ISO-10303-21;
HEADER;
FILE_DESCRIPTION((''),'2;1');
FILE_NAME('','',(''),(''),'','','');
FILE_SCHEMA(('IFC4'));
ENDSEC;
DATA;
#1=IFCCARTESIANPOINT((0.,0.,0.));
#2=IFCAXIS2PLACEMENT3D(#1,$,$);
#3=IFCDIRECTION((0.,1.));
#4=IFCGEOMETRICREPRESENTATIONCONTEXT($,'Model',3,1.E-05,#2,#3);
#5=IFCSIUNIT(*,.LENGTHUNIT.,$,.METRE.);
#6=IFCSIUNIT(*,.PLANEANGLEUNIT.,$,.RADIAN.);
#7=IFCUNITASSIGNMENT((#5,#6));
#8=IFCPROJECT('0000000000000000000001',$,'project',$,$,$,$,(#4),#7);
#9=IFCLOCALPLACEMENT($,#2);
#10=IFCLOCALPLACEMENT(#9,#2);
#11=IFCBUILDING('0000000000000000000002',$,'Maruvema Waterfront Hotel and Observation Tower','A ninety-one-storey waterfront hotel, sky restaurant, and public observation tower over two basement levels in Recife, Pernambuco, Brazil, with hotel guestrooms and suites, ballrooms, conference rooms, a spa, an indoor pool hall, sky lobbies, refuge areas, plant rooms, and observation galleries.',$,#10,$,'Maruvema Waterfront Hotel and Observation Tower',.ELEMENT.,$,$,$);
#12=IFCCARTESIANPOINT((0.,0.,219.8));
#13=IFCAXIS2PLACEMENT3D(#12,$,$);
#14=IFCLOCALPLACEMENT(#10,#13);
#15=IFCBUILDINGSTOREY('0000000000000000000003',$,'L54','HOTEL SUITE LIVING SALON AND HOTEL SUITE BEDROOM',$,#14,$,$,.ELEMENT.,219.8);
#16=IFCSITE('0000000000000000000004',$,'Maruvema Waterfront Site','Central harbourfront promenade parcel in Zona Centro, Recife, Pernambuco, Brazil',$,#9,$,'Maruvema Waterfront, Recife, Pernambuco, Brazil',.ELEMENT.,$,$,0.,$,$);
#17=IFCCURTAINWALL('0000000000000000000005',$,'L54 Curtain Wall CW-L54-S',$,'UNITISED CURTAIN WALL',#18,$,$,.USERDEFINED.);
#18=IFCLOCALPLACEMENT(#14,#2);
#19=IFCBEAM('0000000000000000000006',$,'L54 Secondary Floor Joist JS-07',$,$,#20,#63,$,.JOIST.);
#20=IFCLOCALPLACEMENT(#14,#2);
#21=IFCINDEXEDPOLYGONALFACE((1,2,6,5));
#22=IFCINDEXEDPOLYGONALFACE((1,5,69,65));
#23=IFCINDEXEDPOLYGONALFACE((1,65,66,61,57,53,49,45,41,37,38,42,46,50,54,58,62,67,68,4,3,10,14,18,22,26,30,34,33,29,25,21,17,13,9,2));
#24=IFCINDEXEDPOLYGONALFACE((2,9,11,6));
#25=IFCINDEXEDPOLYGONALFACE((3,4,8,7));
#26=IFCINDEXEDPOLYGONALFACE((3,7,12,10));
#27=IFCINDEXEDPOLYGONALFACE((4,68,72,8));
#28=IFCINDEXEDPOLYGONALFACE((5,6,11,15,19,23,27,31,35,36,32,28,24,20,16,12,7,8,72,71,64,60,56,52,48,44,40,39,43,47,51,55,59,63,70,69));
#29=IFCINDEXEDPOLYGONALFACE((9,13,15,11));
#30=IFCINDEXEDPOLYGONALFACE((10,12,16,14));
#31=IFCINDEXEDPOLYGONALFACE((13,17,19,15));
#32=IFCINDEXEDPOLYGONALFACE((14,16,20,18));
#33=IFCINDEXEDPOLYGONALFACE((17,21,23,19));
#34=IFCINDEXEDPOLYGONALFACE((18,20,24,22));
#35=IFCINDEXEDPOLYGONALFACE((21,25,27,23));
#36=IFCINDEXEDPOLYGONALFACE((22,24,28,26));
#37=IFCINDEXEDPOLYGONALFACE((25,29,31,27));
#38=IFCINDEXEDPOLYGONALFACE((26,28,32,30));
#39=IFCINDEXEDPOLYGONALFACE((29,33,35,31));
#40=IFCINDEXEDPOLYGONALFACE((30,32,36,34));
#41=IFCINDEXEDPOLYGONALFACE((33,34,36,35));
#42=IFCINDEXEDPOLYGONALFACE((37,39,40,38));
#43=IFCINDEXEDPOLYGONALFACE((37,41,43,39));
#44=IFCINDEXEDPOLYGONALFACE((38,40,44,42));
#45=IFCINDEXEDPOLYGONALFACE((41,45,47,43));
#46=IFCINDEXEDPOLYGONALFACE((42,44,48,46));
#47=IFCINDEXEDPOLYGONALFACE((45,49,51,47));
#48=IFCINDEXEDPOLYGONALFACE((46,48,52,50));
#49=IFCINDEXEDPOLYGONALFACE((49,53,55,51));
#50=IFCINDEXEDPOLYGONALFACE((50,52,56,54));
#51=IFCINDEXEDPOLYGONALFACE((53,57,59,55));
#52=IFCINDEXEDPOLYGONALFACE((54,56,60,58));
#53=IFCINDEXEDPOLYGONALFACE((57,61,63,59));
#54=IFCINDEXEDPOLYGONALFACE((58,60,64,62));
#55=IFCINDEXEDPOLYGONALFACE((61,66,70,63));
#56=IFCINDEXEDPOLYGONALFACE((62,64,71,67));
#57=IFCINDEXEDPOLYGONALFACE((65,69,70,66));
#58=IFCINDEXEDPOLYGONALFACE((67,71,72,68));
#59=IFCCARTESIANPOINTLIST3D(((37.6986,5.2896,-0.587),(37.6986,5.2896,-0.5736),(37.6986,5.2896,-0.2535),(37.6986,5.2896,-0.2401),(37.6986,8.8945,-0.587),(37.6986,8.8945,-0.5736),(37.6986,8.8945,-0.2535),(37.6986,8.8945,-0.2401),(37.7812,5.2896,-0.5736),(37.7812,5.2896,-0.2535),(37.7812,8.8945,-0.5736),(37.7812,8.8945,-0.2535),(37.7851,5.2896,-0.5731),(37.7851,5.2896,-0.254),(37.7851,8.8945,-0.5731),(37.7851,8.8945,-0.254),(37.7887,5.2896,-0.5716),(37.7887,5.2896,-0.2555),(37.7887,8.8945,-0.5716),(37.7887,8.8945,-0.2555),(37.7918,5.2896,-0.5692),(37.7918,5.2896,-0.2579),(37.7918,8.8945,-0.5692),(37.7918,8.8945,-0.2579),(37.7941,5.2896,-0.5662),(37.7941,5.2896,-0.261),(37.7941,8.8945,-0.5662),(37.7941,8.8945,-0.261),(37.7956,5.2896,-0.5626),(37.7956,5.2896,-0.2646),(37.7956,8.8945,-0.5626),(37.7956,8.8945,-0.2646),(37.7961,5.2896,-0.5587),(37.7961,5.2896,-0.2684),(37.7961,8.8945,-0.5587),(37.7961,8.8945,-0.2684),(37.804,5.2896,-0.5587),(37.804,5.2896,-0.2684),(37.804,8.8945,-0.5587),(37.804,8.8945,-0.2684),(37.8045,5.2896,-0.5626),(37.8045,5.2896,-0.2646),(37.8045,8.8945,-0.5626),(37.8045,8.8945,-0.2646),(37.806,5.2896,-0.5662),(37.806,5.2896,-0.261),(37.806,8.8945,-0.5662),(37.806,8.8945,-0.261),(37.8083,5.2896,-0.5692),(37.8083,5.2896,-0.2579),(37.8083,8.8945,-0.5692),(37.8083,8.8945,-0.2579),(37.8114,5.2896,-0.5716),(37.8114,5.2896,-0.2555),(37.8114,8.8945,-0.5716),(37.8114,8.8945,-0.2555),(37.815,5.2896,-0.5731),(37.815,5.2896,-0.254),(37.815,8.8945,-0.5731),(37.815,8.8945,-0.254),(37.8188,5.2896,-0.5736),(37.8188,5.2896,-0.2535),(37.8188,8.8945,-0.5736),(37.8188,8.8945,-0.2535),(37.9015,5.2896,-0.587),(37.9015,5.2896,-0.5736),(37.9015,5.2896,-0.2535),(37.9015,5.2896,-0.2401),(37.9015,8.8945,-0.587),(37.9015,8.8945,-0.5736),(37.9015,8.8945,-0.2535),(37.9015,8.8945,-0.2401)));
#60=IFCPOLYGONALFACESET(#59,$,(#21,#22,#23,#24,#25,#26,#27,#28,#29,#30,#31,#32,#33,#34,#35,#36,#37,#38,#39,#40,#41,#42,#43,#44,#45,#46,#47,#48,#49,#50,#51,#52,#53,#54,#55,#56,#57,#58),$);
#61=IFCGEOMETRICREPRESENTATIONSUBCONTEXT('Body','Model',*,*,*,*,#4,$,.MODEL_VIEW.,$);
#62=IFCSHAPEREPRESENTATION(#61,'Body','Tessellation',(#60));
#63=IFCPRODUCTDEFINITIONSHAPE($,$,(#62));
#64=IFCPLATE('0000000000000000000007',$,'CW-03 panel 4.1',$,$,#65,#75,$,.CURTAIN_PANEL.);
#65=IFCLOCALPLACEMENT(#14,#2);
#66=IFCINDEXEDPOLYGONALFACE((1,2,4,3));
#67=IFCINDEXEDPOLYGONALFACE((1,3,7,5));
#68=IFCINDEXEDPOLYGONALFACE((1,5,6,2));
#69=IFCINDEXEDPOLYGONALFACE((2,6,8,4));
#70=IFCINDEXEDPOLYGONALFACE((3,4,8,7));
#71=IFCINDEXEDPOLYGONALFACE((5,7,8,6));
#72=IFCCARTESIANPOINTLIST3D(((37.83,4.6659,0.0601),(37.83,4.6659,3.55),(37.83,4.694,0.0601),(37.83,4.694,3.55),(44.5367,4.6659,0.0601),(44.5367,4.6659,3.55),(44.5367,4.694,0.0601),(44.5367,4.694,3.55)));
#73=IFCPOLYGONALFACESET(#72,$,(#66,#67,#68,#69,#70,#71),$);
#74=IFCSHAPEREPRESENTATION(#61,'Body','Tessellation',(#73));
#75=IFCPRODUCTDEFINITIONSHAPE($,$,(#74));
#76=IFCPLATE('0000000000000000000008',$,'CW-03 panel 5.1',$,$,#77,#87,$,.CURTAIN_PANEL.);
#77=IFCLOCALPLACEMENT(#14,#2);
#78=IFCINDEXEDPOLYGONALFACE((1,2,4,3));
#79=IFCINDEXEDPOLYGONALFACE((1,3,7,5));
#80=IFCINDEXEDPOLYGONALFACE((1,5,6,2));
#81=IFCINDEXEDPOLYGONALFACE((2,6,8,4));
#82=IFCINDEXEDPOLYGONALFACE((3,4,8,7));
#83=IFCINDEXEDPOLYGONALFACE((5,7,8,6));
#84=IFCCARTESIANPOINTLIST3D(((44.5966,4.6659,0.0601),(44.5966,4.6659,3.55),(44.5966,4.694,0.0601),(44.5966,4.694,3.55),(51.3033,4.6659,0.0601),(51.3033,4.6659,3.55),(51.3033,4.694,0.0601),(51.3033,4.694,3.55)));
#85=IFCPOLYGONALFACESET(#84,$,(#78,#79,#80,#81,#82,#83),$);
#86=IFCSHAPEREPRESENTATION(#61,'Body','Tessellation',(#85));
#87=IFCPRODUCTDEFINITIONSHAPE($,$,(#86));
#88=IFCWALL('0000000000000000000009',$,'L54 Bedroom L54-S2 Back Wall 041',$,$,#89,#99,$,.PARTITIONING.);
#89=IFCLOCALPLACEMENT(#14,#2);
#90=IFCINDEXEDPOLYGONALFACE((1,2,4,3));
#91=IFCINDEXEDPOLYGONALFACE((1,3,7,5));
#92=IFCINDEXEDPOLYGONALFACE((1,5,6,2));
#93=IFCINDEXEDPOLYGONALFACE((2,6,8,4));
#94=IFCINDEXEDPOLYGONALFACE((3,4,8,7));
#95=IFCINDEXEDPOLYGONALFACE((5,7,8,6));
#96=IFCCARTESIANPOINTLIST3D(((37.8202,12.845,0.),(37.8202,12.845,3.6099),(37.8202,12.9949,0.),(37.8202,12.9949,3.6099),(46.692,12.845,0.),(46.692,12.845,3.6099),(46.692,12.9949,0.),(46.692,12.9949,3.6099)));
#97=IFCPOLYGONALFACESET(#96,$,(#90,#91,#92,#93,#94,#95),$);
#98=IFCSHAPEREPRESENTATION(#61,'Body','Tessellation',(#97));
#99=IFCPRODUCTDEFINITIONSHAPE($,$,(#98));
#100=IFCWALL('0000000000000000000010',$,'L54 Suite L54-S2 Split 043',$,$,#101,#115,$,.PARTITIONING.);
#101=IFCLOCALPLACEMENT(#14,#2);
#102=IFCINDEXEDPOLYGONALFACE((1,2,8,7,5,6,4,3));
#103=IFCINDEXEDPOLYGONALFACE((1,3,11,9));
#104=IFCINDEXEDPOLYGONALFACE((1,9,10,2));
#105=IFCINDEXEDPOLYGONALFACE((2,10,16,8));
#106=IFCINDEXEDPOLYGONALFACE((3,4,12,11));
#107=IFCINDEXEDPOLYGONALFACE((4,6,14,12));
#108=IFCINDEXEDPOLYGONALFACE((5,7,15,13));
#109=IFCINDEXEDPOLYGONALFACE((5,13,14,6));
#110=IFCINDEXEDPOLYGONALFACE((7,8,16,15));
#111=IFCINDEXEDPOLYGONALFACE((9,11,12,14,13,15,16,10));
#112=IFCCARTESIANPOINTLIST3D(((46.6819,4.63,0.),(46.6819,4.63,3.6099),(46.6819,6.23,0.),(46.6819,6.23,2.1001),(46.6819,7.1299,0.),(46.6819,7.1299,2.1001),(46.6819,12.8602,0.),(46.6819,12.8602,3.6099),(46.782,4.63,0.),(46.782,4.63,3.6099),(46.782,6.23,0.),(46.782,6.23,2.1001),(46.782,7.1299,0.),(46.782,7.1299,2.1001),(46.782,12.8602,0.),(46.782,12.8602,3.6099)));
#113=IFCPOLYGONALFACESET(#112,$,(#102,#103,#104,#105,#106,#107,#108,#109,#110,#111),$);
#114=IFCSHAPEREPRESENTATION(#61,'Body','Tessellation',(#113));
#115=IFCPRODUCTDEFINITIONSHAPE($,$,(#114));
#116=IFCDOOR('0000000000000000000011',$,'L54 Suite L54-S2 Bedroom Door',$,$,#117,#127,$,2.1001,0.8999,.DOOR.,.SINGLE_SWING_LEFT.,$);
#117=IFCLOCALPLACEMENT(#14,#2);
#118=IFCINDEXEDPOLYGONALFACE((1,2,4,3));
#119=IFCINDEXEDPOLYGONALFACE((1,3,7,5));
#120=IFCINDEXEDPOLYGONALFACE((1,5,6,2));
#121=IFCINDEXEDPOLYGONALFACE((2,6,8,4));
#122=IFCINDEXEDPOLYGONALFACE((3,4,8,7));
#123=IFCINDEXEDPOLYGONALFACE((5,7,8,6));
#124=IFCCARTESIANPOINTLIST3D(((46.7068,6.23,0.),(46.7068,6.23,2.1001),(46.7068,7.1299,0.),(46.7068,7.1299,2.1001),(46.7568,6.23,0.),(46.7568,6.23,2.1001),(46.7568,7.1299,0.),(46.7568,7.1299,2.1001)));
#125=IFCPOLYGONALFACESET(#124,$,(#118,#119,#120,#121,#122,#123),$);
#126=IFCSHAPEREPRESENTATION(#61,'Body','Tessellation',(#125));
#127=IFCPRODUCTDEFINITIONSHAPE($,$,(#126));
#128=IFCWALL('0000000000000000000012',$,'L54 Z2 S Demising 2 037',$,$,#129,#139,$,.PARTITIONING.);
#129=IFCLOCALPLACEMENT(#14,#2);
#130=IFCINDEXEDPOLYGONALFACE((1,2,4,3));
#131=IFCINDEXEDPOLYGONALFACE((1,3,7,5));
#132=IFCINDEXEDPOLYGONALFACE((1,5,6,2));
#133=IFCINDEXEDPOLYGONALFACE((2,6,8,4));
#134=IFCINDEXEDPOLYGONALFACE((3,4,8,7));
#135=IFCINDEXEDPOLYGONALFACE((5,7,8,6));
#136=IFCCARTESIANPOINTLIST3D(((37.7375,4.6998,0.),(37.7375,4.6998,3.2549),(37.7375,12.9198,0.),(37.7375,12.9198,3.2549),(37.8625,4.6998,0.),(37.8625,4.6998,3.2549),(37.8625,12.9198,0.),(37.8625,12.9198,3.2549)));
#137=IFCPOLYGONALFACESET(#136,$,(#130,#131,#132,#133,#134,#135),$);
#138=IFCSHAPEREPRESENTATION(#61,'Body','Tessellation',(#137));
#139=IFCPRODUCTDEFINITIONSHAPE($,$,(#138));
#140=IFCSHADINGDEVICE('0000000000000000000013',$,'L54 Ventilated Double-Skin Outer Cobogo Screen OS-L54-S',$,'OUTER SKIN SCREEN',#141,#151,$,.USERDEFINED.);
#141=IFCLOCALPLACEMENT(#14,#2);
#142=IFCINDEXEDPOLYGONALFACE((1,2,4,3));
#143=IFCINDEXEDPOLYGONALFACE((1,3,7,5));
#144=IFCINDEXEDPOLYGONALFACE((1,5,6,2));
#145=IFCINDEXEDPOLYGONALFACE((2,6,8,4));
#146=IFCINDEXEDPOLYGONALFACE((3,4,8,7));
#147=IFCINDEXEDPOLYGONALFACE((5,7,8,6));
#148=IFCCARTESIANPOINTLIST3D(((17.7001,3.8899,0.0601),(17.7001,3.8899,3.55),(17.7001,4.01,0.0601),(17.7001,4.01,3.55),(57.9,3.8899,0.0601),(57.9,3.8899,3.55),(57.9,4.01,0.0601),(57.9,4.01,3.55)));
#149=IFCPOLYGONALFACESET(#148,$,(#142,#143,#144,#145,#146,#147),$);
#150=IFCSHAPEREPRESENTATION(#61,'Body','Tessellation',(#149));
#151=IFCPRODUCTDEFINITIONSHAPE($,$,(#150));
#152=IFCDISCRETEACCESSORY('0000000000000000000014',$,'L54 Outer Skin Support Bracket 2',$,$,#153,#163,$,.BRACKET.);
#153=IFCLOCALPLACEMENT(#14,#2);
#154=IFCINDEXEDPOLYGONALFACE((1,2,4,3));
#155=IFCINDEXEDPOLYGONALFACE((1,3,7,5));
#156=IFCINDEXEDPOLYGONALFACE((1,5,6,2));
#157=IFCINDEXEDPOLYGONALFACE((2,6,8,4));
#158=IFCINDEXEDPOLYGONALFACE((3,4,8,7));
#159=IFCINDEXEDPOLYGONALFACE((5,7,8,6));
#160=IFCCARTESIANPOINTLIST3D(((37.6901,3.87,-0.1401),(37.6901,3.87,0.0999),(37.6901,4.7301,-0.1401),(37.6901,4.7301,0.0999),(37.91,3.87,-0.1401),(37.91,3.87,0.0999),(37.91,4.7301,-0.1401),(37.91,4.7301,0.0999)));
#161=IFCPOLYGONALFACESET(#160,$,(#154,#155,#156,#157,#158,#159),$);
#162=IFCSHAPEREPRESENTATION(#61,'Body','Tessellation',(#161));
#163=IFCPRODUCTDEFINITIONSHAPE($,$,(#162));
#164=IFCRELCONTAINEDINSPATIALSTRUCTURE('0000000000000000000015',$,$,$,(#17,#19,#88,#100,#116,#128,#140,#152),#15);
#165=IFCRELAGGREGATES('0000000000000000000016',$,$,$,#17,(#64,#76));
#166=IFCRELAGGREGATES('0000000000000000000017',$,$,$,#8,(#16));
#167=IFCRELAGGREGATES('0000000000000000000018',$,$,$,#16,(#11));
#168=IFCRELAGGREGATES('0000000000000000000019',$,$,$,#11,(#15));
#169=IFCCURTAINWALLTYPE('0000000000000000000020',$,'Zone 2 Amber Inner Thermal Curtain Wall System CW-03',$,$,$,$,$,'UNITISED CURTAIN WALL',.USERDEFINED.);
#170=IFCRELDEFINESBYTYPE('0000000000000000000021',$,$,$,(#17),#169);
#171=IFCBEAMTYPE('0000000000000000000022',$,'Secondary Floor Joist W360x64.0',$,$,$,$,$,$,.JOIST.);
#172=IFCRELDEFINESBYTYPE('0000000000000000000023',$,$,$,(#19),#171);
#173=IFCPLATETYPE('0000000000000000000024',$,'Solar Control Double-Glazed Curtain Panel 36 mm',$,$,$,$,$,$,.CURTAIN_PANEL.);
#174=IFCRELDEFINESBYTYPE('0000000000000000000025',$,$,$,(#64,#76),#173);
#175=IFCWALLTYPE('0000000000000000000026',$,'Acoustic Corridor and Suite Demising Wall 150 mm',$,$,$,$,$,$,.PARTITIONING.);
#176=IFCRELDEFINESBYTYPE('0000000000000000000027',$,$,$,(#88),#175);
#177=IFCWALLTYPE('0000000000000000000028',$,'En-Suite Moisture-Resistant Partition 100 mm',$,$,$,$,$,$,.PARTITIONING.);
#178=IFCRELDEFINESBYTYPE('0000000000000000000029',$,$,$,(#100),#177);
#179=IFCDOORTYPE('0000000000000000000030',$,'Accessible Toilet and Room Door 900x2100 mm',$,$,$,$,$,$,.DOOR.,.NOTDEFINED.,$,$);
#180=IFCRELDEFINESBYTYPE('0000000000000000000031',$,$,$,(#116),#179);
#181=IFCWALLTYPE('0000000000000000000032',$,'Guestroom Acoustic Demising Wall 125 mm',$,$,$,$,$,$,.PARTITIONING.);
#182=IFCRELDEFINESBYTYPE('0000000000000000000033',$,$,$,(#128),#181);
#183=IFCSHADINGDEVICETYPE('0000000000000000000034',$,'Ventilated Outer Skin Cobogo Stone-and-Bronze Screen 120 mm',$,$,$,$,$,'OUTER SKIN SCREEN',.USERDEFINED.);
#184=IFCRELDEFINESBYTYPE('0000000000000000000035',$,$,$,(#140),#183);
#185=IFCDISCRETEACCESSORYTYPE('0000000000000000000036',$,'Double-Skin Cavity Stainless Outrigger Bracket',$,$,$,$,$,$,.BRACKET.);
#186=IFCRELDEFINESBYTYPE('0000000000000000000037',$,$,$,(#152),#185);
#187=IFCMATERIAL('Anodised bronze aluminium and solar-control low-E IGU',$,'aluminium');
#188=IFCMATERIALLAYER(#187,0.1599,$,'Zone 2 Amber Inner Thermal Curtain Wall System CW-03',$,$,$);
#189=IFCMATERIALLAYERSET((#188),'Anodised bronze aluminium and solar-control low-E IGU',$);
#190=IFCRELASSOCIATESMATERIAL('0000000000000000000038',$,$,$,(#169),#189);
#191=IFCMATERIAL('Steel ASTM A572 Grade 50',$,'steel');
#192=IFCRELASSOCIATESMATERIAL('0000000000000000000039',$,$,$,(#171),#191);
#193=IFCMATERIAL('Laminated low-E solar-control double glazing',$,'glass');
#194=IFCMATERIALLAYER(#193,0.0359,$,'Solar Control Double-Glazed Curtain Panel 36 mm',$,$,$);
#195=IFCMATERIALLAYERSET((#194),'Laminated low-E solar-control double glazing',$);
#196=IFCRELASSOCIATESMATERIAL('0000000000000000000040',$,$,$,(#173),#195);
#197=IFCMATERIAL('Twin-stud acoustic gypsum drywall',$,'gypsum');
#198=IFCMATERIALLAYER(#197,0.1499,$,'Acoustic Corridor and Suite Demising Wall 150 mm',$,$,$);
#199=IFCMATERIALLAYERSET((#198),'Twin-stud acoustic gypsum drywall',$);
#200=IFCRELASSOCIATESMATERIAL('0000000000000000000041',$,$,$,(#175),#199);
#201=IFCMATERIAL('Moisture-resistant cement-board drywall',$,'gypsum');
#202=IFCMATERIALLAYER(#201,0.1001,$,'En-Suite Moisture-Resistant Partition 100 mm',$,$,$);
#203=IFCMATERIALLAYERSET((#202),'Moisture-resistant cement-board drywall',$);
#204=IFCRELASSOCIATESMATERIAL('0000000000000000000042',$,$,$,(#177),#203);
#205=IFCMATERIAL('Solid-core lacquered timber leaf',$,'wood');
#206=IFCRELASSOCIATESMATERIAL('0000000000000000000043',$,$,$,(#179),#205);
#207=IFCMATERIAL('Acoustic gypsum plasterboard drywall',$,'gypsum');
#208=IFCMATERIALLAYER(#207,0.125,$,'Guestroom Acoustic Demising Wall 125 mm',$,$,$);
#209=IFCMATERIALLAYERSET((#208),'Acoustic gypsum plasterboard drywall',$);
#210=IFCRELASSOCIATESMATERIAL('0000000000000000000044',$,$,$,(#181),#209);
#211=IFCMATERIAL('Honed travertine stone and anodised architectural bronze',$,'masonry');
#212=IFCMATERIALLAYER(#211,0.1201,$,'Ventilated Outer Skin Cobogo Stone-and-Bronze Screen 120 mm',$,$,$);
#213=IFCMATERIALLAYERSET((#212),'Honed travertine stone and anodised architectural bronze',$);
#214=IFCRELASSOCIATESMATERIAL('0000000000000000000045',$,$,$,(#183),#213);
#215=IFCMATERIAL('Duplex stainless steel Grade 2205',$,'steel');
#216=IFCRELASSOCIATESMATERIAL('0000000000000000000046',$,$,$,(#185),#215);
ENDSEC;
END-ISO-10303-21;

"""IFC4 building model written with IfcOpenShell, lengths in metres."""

from ifc_helpers import new_model, si_unit, direction, frame, frame_2d, origin, origin_2d, place, context, subcontext, project, spatial, rectangle, i_section, extrude, material, layer, layer_set, material_profile, profile_set, type_object, element, fill, aggregate, save


model = new_model("IFC4")

# Units and contexts
model_context = context("Model", 3, precision=1e-05, world=origin(), true_north=direction((0.0, 1.0)))
body_context = subcontext(model_context, "Body", "Model", "MODEL_VIEW")
ifc_project = project(units=[si_unit("LENGTHUNIT", "METRE"), si_unit("PLANEANGLEUNIT", "RADIAN")], contexts=[model_context])

# Site, building, storey
site_placement = place(None, origin())
site = spatial("IfcSite", under=ifc_project, at=site_placement, Name="Maruvema Waterfront Site", Description="Central harbourfront promenade parcel in Zona Centro, Recife, Pernambuco, Brazil", LongName="Maruvema Waterfront, Recife, Pernambuco, Brazil", CompositionType="ELEMENT", RefElevation=0.0)
building_placement = place(site_placement, origin())
building = spatial("IfcBuilding", under=site, at=building_placement, Name="Maruvema Waterfront Hotel and Observation Tower", Description="A ninety-one-storey waterfront hotel, sky restaurant, and public observation tower over two basement levels in Recife, Pernambuco, Brazil, with hotel guestrooms and suites, ballrooms, conference rooms, a spa, an indoor pool hall, sky lobbies, refuge areas, plant rooms, and observation galleries.", LongName="Maruvema Waterfront Hotel and Observation Tower", CompositionType="ELEMENT")
storey_placement = place(building_placement, frame((0.0, 0.0, 219.8)))
storey = spatial("IfcBuildingStorey", under=building, at=storey_placement, Name="L54", Description="HOTEL SUITE LIVING SALON AND HOTEL SUITE BEDROOM", CompositionType="ELEMENT", Elevation=219.8)

# Curtain wall
ifc_material_1 = material(Name="Anodised bronze aluminium and solar-control low-E IGU", Category="aluminium")
ifc_layer_1 = layer(ifc_material_1, 0.1599, Name="Zone 2 Amber Inner Thermal Curtain Wall System CW-03")
ifc_layer_set_1 = layer_set([ifc_layer_1], Name="Anodised bronze aluminium and solar-control low-E IGU")
curtain_wall_type = type_object("IfcCurtainWallType", Name="Zone 2 Amber Inner Thermal Curtain Wall System CW-03", ElementType="UNITISED CURTAIN WALL", PredefinedType="USERDEFINED", material=ifc_layer_set_1)
curtain_wall_placement = place(storey_placement, origin())
curtain_wall = element("IfcCurtainWall", 1, at=curtain_wall_placement, inside=storey, type_object=curtain_wall_type, Name="L54 Curtain Wall CW-L54-S", ObjectType="UNITISED CURTAIN WALL", PredefinedType="USERDEFINED")

# Beam
ifc_material_2 = material(Name="Steel ASTM A572 Grade 50", Category="steel")
ifc_material_profile_1 = material_profile(ifc_material_2, i_section(OverallWidth=0.2029, OverallDepth=0.3469, WebThickness=0.0078, FlangeThickness=0.0134, FilletRadius=0.0149, at=origin_2d()), Name="W360x64.0")
ifc_profile_set_1 = profile_set([ifc_material_profile_1], Name="Steel ASTM A572 Grade 50")
beam_type_1 = type_object("IfcBeamType", Name="Secondary Floor Joist W360x64.0", PredefinedType="JOIST", material=ifc_profile_set_1)
beam_1_placement = place(storey_placement, frame((37.8, 5.2896, -0.4136), z_axis=(0.0, 1.0, 0.0), x_axis=(-1.0, 0.0, 0.0)))
element("IfcBeam", 2, at=beam_1_placement, inside=storey, type_object=beam_type_1, Name="L54 Secondary Floor Joist JS-07", PredefinedType="JOIST", context=body_context, shape_type="SweptSolid", body=[
    extrude(i_section(OverallWidth=0.2029, OverallDepth=0.3469, WebThickness=0.0078, FlangeThickness=0.0134, FilletRadius=0.0149, at=origin_2d()), origin(), (0.0, 0.0, 1.0), 3.605),
])

# Plates
ifc_material_3 = material(Name="Laminated low-E solar-control double glazing", Category="glass")
ifc_layer_2 = layer(ifc_material_3, 0.0359, Name="Solar Control Double-Glazed Curtain Panel 36 mm")
ifc_layer_set_2 = layer_set([ifc_layer_2], Name="Laminated low-E solar-control double glazing")
plate_type = type_object("IfcPlateType", Name="Solar Control Double-Glazed Curtain Panel 36 mm", PredefinedType="CURTAIN_PANEL", material=ifc_layer_set_2)
plate_1_placement = place(storey_placement, frame((41.1833, 4.6799, 0.0601), z_axis=(0.0, 0.0, 1.0), x_axis=(1.0, 0.0, 0.0)))
plate_1 = element("IfcPlate", 3, at=plate_1_placement, type_object=plate_type, Name="CW-03 panel 4.1", PredefinedType="CURTAIN_PANEL", context=body_context, shape_type="SweptSolid", body=[
    extrude(rectangle(XDim=6.7068, YDim=0.0281, at=origin_2d()), origin(), (0.0, 0.0, 1.0), 3.49),
])
plate_2_placement = place(storey_placement, frame((47.95, 4.6799, 0.0601), z_axis=(0.0, 0.0, 1.0), x_axis=(1.0, 0.0, 0.0)))
plate_2 = element("IfcPlate", 4, at=plate_2_placement, type_object=plate_type, Name="CW-03 panel 5.1", PredefinedType="CURTAIN_PANEL", context=body_context, shape_type="SweptSolid", body=[
    extrude(rectangle(XDim=6.7068, YDim=0.0281, at=origin_2d()), origin(), (0.0, 0.0, 1.0), 3.49),
])
aggregate(curtain_wall, [plate_1, plate_2])

# Wall
ifc_material_4 = material(Name="Twin-stud acoustic gypsum drywall", Category="gypsum")
ifc_layer_3 = layer(ifc_material_4, 0.1499, Name="Acoustic Corridor and Suite Demising Wall 150 mm")
ifc_layer_set_3 = layer_set([ifc_layer_3], Name="Twin-stud acoustic gypsum drywall")
wall_type_1 = type_object("IfcWallType", Name="Acoustic Corridor and Suite Demising Wall 150 mm", PredefinedType="PARTITIONING", material=ifc_layer_set_3)
wall_1_placement = place(storey_placement, frame((37.8201, 12.9199, 0.0), z_axis=(0.0, 0.0, 1.0), x_axis=(1.0, 0.0, 0.0)))
element("IfcWall", 5, at=wall_1_placement, inside=storey, type_object=wall_type_1, Name="L54 Bedroom L54-S2 Back Wall 041", PredefinedType="PARTITIONING", context=body_context, shape_type="SweptSolid", body=[
    extrude(rectangle(XDim=8.8718, YDim=0.1499, at=frame_2d((4.436, 0.0))), origin(), (0.0, 0.0, 1.0), 3.6099),
])

# Wall, opening, door
ifc_material_5 = material(Name="Moisture-resistant cement-board drywall", Category="gypsum")
ifc_layer_4 = layer(ifc_material_5, 0.1001, Name="En-Suite Moisture-Resistant Partition 100 mm")
ifc_layer_set_4 = layer_set([ifc_layer_4], Name="Moisture-resistant cement-board drywall")
wall_type_2 = type_object("IfcWallType", Name="En-Suite Moisture-Resistant Partition 100 mm", PredefinedType="PARTITIONING", material=ifc_layer_set_4)
wall_2_placement = place(storey_placement, frame((46.7319, 4.6299, 0.0), z_axis=(0.0, 0.0, 1.0), x_axis=(0.0, 1.0, 0.0)))
wall_2 = element("IfcWall", 6, at=wall_2_placement, inside=storey, type_object=wall_type_2, Name="L54 Suite L54-S2 Split 043", PredefinedType="PARTITIONING", context=body_context, shape_type="SweptSolid", body=[
    extrude(rectangle(XDim=8.2302, YDim=0.1001, at=frame_2d((4.1152, 0.0))), origin(), (0.0, 0.0, 1.0), 3.6099),
])
opening_placement = place(wall_2_placement, frame((1.6001, 0.0, 0.0)))
opening = element("IfcOpeningElement", 7, at=opening_placement, cuts=wall_2, PredefinedType="OPENING", context=body_context, shape_type="SweptSolid", body=[
    extrude(rectangle(XDim=0.8999, YDim=2.1001, at=frame_2d((0.45, 1.05))), frame((0.0, 0.0601, 0.0), z_axis=(0.0, -1.0, 0.0), x_axis=(1.0, 0.0, 0.0)), (0.0, 0.0, 1.0), 0.1201),
])
ifc_material_6 = material(Name="Solid-core lacquered timber leaf", Category="wood")
door_type = type_object("IfcDoorType", Name="Accessible Toilet and Room Door 900x2100 mm", OperationType="NOTDEFINED", PredefinedType="DOOR", material=ifc_material_6)
door_placement = place(opening_placement, frame((0.8999, 0.0, 0.0), z_axis=(0.0, 0.0, 1.0), x_axis=(-1.0, 0.0, 0.0)))
door = element("IfcDoor", 8, at=door_placement, inside=storey, type_object=door_type, Name="L54 Suite L54-S2 Bedroom Door", OperationType="SINGLE_SWING_LEFT", OverallHeight=2.1001, OverallWidth=0.8999, PredefinedType="DOOR", context=body_context, shape_type="SweptSolid", body=[
    extrude(rectangle(XDim=0.8999, YDim=2.1001, at=frame_2d((0.45, 1.05))), frame((0.0, 0.0249, 0.0), z_axis=(0.0, -1.0, 0.0), x_axis=(1.0, 0.0, 0.0)), (0.0, 0.0, 1.0), 0.05),
])
fill(opening, door)

# Wall
ifc_material_7 = material(Name="Acoustic gypsum plasterboard drywall", Category="gypsum")
ifc_layer_5 = layer(ifc_material_7, 0.125, Name="Guestroom Acoustic Demising Wall 125 mm")
ifc_layer_set_5 = layer_set([ifc_layer_5], Name="Acoustic gypsum plasterboard drywall")
wall_type_3 = type_object("IfcWallType", Name="Guestroom Acoustic Demising Wall 125 mm", PredefinedType="PARTITIONING", material=ifc_layer_set_5)
wall_3_placement = place(storey_placement, frame((37.8, 4.7, 0.0), z_axis=(0.0, 0.0, 1.0), x_axis=(0.0, 1.0, 0.0)))
element("IfcWall", 9, at=wall_3_placement, inside=storey, type_object=wall_type_3, Name="L54 Z2 S Demising 2 037", PredefinedType="PARTITIONING", context=body_context, shape_type="SweptSolid", body=[
    extrude(rectangle(XDim=8.22, YDim=0.125, at=frame_2d((4.1099, 0.0))), origin(), (0.0, 0.0, 1.0), 3.2549),
])

# Shading device
ifc_material_8 = material(Name="Honed travertine stone and anodised architectural bronze", Category="masonry")
ifc_layer_6 = layer(ifc_material_8, 0.1201, Name="Ventilated Outer Skin Cobogo Stone-and-Bronze Screen 120 mm")
ifc_layer_set_6 = layer_set([ifc_layer_6], Name="Honed travertine stone and anodised architectural bronze")
shading_device_type = type_object("IfcShadingDeviceType", Name="Ventilated Outer Skin Cobogo Stone-and-Bronze Screen 120 mm", ElementType="OUTER SKIN SCREEN", PredefinedType="USERDEFINED", material=ifc_layer_set_6)
shading_device_placement = place(storey_placement, frame((37.8, 3.95, 0.0601), z_axis=(0.0, 0.0, 1.0), x_axis=(1.0, 0.0, 0.0)))
element("IfcShadingDevice", 10, at=shading_device_placement, inside=storey, type_object=shading_device_type, Name="L54 Ventilated Double-Skin Outer Cobogo Screen OS-L54-S", ObjectType="OUTER SKIN SCREEN", PredefinedType="USERDEFINED", context=body_context, shape_type="SweptSolid", body=[
    extrude(rectangle(XDim=40.2, YDim=0.1201, at=origin_2d()), origin(), (0.0, 0.0, 1.0), 3.49),
])

# Discrete accessory
ifc_material_9 = material(Name="Duplex stainless steel Grade 2205", Category="steel")
discrete_accessory_type = type_object("IfcDiscreteAccessoryType", Name="Double-Skin Cavity Stainless Outrigger Bracket", PredefinedType="BRACKET", material=ifc_material_9)
discrete_accessory_placement = place(storey_placement, frame((37.8, 4.3, -0.1401), z_axis=(0.0, 0.0, 1.0), x_axis=(1.0, 0.0, 0.0)))
element("IfcDiscreteAccessory", 11, at=discrete_accessory_placement, inside=storey, type_object=discrete_accessory_type, Name="L54 Outer Skin Support Bracket 2", PredefinedType="BRACKET", context=body_context, shape_type="SweptSolid", body=[
    extrude(rectangle(XDim=0.22, YDim=0.8601, at=origin_2d()), origin(), (0.0, 0.0, 1.0), 0.24),
])

save(model, "model.ifc")
